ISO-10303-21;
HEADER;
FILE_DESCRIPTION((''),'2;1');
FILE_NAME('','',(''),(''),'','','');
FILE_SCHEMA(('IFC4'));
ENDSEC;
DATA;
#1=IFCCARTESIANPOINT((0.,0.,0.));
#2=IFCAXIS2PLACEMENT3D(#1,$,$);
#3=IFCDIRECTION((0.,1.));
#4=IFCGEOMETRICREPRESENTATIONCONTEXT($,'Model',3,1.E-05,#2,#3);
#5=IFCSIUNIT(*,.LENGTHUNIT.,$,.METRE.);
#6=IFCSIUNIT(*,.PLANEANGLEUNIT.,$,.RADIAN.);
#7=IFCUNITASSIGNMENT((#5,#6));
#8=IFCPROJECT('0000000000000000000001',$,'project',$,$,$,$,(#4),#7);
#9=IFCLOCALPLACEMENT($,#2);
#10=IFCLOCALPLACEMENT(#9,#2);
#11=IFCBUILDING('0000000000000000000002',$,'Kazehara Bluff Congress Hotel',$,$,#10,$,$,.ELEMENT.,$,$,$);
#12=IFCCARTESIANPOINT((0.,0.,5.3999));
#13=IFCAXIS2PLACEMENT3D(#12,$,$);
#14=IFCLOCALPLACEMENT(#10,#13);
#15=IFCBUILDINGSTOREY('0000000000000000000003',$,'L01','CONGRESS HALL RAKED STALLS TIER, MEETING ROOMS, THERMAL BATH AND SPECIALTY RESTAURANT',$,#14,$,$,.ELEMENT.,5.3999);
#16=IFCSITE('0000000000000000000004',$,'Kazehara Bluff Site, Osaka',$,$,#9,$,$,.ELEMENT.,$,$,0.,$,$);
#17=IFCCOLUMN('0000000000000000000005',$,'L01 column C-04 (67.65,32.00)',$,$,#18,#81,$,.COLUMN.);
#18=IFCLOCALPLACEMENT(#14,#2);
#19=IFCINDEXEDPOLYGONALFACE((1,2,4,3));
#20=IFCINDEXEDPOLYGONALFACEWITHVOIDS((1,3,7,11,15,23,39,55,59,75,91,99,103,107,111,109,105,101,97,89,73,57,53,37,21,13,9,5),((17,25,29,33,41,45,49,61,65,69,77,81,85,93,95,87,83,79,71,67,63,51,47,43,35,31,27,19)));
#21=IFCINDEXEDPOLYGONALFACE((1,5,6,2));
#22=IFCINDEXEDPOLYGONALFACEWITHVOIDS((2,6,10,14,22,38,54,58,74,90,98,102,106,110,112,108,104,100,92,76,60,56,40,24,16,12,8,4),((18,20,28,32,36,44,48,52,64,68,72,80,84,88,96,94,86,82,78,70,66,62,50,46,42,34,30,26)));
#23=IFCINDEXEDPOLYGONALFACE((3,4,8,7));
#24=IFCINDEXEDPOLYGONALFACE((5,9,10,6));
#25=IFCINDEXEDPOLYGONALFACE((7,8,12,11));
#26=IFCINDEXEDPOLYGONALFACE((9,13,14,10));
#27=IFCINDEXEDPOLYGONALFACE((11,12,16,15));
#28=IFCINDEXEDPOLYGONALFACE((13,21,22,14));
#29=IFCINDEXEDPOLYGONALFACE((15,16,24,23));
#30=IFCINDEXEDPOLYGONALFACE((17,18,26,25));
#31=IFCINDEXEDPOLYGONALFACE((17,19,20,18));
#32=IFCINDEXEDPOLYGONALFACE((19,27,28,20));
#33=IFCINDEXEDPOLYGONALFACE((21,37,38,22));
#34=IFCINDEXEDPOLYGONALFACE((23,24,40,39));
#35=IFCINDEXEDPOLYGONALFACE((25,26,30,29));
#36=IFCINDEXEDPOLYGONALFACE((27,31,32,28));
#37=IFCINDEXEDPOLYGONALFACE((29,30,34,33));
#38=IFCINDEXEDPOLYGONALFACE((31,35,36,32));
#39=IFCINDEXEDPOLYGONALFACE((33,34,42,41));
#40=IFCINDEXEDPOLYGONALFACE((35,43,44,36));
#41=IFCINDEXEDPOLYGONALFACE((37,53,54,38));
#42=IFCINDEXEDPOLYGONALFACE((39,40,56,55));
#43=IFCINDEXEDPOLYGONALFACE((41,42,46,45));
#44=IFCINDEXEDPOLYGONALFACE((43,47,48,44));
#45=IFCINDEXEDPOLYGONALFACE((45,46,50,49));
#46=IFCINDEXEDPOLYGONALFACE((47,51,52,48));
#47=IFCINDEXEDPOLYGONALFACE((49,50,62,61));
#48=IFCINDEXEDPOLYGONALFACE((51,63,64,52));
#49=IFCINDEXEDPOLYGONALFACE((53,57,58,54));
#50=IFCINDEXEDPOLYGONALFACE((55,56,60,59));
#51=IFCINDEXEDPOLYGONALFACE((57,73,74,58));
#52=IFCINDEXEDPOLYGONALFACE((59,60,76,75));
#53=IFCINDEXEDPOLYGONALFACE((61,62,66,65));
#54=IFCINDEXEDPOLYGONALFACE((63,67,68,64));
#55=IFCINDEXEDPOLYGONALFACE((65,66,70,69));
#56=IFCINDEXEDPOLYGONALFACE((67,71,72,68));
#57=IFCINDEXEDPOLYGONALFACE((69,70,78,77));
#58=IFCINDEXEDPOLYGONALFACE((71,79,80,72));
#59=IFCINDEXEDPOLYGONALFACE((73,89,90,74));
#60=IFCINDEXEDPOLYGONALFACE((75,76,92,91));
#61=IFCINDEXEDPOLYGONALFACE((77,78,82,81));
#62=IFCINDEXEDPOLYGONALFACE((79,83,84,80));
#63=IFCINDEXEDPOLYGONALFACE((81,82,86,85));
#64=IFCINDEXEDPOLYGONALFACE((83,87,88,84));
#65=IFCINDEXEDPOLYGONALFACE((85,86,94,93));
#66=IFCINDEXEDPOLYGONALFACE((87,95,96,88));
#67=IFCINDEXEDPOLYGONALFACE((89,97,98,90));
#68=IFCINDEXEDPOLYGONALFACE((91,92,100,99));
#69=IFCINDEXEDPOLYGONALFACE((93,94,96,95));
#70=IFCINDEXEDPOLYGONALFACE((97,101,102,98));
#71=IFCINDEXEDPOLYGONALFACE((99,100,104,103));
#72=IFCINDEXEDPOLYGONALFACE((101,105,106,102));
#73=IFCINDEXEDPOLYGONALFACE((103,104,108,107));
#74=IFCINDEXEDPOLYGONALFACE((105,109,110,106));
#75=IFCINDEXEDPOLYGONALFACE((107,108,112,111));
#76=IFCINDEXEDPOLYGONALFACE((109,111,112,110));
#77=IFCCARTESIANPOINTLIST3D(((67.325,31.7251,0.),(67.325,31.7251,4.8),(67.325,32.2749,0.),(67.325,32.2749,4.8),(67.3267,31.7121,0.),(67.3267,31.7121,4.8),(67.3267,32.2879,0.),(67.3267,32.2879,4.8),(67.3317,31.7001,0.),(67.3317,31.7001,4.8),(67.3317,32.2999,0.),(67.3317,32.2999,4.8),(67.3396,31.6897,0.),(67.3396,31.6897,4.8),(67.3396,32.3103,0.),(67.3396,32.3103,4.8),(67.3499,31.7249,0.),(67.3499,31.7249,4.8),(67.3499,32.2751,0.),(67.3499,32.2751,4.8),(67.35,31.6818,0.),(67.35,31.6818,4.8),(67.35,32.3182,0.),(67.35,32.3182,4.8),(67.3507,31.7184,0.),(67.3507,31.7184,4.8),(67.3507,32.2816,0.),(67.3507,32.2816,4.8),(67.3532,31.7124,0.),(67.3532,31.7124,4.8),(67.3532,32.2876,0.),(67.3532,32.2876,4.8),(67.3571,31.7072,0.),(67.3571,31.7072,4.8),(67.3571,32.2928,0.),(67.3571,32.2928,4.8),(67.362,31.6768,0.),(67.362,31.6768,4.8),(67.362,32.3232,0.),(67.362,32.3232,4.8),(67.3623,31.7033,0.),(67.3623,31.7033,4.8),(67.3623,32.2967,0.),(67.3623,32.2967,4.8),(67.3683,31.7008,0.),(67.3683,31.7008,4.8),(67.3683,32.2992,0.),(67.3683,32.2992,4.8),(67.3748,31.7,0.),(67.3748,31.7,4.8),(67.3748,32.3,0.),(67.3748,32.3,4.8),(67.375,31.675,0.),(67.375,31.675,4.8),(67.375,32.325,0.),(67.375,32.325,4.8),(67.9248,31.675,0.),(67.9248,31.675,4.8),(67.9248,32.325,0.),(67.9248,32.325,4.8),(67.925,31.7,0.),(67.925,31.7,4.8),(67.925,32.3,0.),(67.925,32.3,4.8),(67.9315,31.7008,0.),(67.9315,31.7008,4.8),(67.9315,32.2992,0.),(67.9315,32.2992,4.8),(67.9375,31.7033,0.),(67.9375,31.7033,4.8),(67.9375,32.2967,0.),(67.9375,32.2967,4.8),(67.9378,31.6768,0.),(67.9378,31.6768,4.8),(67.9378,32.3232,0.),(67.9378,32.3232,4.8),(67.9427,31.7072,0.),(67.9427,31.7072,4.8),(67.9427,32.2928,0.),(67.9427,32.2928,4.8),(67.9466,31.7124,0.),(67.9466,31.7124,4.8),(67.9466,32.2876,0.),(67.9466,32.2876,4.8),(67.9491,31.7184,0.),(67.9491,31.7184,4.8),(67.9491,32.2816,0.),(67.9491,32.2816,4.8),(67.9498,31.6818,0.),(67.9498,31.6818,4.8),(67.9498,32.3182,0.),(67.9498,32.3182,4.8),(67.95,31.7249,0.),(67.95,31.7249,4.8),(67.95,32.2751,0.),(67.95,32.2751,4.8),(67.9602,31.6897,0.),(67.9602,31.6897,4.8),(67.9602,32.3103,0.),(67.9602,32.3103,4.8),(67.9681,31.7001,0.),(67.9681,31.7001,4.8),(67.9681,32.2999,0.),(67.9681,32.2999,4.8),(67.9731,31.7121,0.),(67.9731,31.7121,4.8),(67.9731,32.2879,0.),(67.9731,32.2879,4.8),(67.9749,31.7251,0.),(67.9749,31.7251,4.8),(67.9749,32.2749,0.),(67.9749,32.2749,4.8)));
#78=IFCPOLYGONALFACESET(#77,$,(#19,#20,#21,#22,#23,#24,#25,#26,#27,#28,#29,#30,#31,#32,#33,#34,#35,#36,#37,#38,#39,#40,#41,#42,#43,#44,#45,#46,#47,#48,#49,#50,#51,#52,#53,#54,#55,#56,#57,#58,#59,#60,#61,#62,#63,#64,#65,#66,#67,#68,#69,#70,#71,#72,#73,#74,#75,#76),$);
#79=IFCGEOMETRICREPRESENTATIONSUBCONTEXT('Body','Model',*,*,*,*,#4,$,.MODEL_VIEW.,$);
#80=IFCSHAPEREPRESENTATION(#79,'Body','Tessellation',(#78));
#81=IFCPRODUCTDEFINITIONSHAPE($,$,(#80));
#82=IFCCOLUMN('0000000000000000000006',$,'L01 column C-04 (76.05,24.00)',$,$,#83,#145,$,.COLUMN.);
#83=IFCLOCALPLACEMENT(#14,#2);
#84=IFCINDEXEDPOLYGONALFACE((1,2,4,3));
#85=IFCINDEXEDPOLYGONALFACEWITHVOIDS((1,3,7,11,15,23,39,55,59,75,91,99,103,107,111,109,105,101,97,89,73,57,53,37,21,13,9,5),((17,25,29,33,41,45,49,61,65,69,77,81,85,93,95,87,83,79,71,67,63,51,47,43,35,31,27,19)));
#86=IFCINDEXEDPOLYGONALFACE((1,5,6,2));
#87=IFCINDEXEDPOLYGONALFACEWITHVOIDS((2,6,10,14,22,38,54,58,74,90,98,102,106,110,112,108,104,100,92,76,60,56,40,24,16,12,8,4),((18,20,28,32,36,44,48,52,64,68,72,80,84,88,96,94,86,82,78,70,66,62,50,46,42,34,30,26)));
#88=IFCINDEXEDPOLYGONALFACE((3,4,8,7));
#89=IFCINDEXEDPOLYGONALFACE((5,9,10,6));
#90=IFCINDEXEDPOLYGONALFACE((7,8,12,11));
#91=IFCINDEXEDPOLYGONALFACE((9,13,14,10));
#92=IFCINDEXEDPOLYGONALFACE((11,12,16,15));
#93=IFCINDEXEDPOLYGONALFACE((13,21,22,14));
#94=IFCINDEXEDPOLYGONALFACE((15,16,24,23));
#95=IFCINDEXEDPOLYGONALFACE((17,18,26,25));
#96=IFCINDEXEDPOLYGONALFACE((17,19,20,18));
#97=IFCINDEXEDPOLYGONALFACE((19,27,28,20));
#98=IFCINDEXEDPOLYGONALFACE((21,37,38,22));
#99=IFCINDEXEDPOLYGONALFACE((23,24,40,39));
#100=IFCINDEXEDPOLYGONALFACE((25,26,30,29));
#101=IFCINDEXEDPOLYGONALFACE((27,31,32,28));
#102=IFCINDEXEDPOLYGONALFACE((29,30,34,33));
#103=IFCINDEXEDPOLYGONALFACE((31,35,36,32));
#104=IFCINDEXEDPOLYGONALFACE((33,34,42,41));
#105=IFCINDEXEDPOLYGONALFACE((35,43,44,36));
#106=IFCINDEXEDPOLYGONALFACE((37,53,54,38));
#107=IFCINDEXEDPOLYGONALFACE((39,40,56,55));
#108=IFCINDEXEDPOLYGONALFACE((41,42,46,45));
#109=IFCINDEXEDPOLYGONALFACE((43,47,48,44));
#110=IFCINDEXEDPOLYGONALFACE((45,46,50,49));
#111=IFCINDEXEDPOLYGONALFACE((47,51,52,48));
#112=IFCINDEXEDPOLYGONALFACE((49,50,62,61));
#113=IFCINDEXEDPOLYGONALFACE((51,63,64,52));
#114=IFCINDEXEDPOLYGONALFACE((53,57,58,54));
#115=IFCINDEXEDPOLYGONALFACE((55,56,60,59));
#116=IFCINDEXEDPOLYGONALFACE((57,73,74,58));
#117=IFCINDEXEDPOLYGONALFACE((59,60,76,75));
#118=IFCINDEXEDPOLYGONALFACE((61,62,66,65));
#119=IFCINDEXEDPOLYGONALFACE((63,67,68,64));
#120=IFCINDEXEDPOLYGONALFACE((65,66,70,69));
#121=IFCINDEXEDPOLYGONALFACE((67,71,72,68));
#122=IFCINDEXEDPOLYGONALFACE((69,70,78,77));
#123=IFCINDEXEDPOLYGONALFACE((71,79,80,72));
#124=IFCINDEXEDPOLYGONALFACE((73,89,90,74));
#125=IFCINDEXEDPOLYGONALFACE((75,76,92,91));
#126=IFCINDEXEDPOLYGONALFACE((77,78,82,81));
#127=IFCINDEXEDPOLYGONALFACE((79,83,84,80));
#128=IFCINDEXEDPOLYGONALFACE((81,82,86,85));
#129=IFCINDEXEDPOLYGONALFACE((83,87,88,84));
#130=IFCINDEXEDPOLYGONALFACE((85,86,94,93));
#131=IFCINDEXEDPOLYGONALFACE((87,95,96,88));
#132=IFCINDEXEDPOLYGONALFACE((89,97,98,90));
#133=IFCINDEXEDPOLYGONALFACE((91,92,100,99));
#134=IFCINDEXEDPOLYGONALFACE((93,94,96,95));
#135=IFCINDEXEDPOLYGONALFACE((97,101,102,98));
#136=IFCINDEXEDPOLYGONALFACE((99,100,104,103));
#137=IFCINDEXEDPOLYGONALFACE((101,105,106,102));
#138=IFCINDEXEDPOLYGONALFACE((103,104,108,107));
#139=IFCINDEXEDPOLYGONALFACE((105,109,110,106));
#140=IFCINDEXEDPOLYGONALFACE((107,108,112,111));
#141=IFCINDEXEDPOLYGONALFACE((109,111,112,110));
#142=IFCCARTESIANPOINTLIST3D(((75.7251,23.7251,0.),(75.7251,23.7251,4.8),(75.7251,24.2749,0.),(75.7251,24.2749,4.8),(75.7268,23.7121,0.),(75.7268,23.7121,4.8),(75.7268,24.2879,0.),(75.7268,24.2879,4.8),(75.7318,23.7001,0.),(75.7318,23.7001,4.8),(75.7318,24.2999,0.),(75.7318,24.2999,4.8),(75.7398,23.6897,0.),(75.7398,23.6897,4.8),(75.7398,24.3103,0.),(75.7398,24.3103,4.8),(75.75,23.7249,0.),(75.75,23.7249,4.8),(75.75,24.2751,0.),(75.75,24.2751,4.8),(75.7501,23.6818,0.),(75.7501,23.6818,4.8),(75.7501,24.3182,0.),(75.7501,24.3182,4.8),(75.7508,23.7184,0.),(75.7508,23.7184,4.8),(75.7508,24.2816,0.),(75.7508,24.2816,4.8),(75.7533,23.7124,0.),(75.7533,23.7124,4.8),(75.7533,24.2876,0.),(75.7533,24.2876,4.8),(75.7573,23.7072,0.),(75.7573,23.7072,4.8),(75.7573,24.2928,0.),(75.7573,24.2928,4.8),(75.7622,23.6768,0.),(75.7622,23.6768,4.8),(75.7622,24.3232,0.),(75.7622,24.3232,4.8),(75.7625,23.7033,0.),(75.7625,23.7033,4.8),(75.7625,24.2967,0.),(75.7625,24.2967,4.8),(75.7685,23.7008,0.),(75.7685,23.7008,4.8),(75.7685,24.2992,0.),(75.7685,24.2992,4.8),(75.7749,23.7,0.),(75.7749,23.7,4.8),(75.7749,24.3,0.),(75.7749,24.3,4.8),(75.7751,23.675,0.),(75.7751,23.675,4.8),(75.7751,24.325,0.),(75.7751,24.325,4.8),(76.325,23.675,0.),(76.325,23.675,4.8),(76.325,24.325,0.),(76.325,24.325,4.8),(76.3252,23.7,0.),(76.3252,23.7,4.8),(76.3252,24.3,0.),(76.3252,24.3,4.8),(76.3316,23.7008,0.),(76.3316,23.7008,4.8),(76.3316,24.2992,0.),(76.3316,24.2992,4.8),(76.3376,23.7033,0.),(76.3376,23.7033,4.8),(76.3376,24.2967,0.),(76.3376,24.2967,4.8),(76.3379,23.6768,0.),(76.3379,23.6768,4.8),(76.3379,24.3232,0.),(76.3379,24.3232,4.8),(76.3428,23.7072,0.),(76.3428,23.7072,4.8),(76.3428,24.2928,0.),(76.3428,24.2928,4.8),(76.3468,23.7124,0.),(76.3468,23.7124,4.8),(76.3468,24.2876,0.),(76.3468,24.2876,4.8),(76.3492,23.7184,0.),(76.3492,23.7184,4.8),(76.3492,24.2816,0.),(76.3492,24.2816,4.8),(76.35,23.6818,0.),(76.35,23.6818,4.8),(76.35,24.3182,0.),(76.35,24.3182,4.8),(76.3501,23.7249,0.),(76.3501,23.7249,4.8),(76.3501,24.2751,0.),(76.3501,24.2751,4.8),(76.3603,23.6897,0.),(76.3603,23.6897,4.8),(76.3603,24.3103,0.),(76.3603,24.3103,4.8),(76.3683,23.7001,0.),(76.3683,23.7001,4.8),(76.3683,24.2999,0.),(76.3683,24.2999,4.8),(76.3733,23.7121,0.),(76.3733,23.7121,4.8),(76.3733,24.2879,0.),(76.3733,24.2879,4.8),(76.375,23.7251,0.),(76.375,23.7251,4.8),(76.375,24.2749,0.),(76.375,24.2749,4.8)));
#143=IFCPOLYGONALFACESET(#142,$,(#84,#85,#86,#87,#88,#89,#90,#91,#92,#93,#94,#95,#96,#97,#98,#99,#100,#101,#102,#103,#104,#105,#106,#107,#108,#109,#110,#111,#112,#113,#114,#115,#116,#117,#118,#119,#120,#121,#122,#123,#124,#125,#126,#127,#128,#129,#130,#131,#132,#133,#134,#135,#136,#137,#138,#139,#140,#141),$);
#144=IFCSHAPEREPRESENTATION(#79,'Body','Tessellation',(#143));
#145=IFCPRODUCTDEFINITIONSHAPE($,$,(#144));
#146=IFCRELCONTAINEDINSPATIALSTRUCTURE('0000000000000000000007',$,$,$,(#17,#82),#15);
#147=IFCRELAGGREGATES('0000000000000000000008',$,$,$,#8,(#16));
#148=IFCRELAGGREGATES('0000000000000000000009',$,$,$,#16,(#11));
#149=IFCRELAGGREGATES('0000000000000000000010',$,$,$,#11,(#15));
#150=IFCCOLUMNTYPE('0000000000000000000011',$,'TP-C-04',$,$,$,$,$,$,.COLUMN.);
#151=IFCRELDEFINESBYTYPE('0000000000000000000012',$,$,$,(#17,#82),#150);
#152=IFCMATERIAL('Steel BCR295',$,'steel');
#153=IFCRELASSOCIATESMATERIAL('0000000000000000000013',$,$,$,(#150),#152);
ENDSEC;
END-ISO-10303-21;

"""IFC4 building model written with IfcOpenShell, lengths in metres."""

from ifc_helpers import new_model, si_unit, direction, frame, origin, origin_2d, place, context, subcontext, project, spatial, hollow_rectangle, extrude, material, material_profile, profile_set, type_object, element, save


model = new_model("IFC4")

# Units and contexts
model_context = context("Model", 3, precision=1e-05, world=origin(), true_north=direction((0.0, 1.0)))
body_context = subcontext(model_context, "Body", "Model", "MODEL_VIEW")
ifc_project = project(units=[si_unit("LENGTHUNIT", "METRE"), si_unit("PLANEANGLEUNIT", "RADIAN")], contexts=[model_context])

# Site, building, storey
site_placement = place(None, origin())
site = spatial("IfcSite", under=ifc_project, at=site_placement, Name="Kazehara Bluff Site, Osaka", CompositionType="ELEMENT", RefElevation=0.0)
building_placement = place(site_placement, origin())
building = spatial("IfcBuilding", under=site, at=building_placement, Name="Kazehara Bluff Congress Hotel", CompositionType="ELEMENT")
storey_placement = place(building_placement, frame((0.0, 0.0, 5.3999)))
storey = spatial("IfcBuildingStorey", under=building, at=storey_placement, Name="L01", Description="CONGRESS HALL RAKED STALLS TIER, MEETING ROOMS, THERMAL BATH AND SPECIALTY RESTAURANT", CompositionType="ELEMENT", Elevation=5.3999)

# Columns
ifc_material_1 = material(Name="Steel BCR295", Category="steel")
ifc_material_profile_1 = material_profile(ifc_material_1, hollow_rectangle(XDim=0.6499, YDim=0.6499, WallThickness=0.0249, InnerFilletRadius=0.0249, OuterFilletRadius=0.05, at=origin_2d()))
ifc_profile_set_1 = profile_set([ifc_material_profile_1], Name="Steel BCR295")
column_type_1 = type_object("IfcColumnType", Name="TP-C-04", PredefinedType="COLUMN", material=ifc_profile_set_1)
for number, where, z_axis, x_axis, name in (
    (1, (67.6499, 32.0, 0.0), (0.0, 0.0, 1.0), (1.0, 0.0, 0.0), "L01 column C-04 (67.65,32.00)"),
    (2, (76.05, 24.0, 0.0), (0.0, 0.0, 1.0), (1.0, 0.0, 0.0), "L01 column C-04 (76.05,24.00)"),
):
    element("IfcColumn", number, at=place(storey_placement, frame(where, z_axis=z_axis, x_axis=x_axis)), inside=storey, type_object=column_type_1, Name=name, PredefinedType="COLUMN", context=body_context, shape_type="SweptSolid", body=[
        extrude(hollow_rectangle(XDim=0.6499, YDim=0.6499, WallThickness=0.0249, InnerFilletRadius=0.0249, OuterFilletRadius=0.05, at=origin_2d()), origin(), (0.0, 0.0, 1.0), 4.8),
    ])

save(model, "model.ifc")
